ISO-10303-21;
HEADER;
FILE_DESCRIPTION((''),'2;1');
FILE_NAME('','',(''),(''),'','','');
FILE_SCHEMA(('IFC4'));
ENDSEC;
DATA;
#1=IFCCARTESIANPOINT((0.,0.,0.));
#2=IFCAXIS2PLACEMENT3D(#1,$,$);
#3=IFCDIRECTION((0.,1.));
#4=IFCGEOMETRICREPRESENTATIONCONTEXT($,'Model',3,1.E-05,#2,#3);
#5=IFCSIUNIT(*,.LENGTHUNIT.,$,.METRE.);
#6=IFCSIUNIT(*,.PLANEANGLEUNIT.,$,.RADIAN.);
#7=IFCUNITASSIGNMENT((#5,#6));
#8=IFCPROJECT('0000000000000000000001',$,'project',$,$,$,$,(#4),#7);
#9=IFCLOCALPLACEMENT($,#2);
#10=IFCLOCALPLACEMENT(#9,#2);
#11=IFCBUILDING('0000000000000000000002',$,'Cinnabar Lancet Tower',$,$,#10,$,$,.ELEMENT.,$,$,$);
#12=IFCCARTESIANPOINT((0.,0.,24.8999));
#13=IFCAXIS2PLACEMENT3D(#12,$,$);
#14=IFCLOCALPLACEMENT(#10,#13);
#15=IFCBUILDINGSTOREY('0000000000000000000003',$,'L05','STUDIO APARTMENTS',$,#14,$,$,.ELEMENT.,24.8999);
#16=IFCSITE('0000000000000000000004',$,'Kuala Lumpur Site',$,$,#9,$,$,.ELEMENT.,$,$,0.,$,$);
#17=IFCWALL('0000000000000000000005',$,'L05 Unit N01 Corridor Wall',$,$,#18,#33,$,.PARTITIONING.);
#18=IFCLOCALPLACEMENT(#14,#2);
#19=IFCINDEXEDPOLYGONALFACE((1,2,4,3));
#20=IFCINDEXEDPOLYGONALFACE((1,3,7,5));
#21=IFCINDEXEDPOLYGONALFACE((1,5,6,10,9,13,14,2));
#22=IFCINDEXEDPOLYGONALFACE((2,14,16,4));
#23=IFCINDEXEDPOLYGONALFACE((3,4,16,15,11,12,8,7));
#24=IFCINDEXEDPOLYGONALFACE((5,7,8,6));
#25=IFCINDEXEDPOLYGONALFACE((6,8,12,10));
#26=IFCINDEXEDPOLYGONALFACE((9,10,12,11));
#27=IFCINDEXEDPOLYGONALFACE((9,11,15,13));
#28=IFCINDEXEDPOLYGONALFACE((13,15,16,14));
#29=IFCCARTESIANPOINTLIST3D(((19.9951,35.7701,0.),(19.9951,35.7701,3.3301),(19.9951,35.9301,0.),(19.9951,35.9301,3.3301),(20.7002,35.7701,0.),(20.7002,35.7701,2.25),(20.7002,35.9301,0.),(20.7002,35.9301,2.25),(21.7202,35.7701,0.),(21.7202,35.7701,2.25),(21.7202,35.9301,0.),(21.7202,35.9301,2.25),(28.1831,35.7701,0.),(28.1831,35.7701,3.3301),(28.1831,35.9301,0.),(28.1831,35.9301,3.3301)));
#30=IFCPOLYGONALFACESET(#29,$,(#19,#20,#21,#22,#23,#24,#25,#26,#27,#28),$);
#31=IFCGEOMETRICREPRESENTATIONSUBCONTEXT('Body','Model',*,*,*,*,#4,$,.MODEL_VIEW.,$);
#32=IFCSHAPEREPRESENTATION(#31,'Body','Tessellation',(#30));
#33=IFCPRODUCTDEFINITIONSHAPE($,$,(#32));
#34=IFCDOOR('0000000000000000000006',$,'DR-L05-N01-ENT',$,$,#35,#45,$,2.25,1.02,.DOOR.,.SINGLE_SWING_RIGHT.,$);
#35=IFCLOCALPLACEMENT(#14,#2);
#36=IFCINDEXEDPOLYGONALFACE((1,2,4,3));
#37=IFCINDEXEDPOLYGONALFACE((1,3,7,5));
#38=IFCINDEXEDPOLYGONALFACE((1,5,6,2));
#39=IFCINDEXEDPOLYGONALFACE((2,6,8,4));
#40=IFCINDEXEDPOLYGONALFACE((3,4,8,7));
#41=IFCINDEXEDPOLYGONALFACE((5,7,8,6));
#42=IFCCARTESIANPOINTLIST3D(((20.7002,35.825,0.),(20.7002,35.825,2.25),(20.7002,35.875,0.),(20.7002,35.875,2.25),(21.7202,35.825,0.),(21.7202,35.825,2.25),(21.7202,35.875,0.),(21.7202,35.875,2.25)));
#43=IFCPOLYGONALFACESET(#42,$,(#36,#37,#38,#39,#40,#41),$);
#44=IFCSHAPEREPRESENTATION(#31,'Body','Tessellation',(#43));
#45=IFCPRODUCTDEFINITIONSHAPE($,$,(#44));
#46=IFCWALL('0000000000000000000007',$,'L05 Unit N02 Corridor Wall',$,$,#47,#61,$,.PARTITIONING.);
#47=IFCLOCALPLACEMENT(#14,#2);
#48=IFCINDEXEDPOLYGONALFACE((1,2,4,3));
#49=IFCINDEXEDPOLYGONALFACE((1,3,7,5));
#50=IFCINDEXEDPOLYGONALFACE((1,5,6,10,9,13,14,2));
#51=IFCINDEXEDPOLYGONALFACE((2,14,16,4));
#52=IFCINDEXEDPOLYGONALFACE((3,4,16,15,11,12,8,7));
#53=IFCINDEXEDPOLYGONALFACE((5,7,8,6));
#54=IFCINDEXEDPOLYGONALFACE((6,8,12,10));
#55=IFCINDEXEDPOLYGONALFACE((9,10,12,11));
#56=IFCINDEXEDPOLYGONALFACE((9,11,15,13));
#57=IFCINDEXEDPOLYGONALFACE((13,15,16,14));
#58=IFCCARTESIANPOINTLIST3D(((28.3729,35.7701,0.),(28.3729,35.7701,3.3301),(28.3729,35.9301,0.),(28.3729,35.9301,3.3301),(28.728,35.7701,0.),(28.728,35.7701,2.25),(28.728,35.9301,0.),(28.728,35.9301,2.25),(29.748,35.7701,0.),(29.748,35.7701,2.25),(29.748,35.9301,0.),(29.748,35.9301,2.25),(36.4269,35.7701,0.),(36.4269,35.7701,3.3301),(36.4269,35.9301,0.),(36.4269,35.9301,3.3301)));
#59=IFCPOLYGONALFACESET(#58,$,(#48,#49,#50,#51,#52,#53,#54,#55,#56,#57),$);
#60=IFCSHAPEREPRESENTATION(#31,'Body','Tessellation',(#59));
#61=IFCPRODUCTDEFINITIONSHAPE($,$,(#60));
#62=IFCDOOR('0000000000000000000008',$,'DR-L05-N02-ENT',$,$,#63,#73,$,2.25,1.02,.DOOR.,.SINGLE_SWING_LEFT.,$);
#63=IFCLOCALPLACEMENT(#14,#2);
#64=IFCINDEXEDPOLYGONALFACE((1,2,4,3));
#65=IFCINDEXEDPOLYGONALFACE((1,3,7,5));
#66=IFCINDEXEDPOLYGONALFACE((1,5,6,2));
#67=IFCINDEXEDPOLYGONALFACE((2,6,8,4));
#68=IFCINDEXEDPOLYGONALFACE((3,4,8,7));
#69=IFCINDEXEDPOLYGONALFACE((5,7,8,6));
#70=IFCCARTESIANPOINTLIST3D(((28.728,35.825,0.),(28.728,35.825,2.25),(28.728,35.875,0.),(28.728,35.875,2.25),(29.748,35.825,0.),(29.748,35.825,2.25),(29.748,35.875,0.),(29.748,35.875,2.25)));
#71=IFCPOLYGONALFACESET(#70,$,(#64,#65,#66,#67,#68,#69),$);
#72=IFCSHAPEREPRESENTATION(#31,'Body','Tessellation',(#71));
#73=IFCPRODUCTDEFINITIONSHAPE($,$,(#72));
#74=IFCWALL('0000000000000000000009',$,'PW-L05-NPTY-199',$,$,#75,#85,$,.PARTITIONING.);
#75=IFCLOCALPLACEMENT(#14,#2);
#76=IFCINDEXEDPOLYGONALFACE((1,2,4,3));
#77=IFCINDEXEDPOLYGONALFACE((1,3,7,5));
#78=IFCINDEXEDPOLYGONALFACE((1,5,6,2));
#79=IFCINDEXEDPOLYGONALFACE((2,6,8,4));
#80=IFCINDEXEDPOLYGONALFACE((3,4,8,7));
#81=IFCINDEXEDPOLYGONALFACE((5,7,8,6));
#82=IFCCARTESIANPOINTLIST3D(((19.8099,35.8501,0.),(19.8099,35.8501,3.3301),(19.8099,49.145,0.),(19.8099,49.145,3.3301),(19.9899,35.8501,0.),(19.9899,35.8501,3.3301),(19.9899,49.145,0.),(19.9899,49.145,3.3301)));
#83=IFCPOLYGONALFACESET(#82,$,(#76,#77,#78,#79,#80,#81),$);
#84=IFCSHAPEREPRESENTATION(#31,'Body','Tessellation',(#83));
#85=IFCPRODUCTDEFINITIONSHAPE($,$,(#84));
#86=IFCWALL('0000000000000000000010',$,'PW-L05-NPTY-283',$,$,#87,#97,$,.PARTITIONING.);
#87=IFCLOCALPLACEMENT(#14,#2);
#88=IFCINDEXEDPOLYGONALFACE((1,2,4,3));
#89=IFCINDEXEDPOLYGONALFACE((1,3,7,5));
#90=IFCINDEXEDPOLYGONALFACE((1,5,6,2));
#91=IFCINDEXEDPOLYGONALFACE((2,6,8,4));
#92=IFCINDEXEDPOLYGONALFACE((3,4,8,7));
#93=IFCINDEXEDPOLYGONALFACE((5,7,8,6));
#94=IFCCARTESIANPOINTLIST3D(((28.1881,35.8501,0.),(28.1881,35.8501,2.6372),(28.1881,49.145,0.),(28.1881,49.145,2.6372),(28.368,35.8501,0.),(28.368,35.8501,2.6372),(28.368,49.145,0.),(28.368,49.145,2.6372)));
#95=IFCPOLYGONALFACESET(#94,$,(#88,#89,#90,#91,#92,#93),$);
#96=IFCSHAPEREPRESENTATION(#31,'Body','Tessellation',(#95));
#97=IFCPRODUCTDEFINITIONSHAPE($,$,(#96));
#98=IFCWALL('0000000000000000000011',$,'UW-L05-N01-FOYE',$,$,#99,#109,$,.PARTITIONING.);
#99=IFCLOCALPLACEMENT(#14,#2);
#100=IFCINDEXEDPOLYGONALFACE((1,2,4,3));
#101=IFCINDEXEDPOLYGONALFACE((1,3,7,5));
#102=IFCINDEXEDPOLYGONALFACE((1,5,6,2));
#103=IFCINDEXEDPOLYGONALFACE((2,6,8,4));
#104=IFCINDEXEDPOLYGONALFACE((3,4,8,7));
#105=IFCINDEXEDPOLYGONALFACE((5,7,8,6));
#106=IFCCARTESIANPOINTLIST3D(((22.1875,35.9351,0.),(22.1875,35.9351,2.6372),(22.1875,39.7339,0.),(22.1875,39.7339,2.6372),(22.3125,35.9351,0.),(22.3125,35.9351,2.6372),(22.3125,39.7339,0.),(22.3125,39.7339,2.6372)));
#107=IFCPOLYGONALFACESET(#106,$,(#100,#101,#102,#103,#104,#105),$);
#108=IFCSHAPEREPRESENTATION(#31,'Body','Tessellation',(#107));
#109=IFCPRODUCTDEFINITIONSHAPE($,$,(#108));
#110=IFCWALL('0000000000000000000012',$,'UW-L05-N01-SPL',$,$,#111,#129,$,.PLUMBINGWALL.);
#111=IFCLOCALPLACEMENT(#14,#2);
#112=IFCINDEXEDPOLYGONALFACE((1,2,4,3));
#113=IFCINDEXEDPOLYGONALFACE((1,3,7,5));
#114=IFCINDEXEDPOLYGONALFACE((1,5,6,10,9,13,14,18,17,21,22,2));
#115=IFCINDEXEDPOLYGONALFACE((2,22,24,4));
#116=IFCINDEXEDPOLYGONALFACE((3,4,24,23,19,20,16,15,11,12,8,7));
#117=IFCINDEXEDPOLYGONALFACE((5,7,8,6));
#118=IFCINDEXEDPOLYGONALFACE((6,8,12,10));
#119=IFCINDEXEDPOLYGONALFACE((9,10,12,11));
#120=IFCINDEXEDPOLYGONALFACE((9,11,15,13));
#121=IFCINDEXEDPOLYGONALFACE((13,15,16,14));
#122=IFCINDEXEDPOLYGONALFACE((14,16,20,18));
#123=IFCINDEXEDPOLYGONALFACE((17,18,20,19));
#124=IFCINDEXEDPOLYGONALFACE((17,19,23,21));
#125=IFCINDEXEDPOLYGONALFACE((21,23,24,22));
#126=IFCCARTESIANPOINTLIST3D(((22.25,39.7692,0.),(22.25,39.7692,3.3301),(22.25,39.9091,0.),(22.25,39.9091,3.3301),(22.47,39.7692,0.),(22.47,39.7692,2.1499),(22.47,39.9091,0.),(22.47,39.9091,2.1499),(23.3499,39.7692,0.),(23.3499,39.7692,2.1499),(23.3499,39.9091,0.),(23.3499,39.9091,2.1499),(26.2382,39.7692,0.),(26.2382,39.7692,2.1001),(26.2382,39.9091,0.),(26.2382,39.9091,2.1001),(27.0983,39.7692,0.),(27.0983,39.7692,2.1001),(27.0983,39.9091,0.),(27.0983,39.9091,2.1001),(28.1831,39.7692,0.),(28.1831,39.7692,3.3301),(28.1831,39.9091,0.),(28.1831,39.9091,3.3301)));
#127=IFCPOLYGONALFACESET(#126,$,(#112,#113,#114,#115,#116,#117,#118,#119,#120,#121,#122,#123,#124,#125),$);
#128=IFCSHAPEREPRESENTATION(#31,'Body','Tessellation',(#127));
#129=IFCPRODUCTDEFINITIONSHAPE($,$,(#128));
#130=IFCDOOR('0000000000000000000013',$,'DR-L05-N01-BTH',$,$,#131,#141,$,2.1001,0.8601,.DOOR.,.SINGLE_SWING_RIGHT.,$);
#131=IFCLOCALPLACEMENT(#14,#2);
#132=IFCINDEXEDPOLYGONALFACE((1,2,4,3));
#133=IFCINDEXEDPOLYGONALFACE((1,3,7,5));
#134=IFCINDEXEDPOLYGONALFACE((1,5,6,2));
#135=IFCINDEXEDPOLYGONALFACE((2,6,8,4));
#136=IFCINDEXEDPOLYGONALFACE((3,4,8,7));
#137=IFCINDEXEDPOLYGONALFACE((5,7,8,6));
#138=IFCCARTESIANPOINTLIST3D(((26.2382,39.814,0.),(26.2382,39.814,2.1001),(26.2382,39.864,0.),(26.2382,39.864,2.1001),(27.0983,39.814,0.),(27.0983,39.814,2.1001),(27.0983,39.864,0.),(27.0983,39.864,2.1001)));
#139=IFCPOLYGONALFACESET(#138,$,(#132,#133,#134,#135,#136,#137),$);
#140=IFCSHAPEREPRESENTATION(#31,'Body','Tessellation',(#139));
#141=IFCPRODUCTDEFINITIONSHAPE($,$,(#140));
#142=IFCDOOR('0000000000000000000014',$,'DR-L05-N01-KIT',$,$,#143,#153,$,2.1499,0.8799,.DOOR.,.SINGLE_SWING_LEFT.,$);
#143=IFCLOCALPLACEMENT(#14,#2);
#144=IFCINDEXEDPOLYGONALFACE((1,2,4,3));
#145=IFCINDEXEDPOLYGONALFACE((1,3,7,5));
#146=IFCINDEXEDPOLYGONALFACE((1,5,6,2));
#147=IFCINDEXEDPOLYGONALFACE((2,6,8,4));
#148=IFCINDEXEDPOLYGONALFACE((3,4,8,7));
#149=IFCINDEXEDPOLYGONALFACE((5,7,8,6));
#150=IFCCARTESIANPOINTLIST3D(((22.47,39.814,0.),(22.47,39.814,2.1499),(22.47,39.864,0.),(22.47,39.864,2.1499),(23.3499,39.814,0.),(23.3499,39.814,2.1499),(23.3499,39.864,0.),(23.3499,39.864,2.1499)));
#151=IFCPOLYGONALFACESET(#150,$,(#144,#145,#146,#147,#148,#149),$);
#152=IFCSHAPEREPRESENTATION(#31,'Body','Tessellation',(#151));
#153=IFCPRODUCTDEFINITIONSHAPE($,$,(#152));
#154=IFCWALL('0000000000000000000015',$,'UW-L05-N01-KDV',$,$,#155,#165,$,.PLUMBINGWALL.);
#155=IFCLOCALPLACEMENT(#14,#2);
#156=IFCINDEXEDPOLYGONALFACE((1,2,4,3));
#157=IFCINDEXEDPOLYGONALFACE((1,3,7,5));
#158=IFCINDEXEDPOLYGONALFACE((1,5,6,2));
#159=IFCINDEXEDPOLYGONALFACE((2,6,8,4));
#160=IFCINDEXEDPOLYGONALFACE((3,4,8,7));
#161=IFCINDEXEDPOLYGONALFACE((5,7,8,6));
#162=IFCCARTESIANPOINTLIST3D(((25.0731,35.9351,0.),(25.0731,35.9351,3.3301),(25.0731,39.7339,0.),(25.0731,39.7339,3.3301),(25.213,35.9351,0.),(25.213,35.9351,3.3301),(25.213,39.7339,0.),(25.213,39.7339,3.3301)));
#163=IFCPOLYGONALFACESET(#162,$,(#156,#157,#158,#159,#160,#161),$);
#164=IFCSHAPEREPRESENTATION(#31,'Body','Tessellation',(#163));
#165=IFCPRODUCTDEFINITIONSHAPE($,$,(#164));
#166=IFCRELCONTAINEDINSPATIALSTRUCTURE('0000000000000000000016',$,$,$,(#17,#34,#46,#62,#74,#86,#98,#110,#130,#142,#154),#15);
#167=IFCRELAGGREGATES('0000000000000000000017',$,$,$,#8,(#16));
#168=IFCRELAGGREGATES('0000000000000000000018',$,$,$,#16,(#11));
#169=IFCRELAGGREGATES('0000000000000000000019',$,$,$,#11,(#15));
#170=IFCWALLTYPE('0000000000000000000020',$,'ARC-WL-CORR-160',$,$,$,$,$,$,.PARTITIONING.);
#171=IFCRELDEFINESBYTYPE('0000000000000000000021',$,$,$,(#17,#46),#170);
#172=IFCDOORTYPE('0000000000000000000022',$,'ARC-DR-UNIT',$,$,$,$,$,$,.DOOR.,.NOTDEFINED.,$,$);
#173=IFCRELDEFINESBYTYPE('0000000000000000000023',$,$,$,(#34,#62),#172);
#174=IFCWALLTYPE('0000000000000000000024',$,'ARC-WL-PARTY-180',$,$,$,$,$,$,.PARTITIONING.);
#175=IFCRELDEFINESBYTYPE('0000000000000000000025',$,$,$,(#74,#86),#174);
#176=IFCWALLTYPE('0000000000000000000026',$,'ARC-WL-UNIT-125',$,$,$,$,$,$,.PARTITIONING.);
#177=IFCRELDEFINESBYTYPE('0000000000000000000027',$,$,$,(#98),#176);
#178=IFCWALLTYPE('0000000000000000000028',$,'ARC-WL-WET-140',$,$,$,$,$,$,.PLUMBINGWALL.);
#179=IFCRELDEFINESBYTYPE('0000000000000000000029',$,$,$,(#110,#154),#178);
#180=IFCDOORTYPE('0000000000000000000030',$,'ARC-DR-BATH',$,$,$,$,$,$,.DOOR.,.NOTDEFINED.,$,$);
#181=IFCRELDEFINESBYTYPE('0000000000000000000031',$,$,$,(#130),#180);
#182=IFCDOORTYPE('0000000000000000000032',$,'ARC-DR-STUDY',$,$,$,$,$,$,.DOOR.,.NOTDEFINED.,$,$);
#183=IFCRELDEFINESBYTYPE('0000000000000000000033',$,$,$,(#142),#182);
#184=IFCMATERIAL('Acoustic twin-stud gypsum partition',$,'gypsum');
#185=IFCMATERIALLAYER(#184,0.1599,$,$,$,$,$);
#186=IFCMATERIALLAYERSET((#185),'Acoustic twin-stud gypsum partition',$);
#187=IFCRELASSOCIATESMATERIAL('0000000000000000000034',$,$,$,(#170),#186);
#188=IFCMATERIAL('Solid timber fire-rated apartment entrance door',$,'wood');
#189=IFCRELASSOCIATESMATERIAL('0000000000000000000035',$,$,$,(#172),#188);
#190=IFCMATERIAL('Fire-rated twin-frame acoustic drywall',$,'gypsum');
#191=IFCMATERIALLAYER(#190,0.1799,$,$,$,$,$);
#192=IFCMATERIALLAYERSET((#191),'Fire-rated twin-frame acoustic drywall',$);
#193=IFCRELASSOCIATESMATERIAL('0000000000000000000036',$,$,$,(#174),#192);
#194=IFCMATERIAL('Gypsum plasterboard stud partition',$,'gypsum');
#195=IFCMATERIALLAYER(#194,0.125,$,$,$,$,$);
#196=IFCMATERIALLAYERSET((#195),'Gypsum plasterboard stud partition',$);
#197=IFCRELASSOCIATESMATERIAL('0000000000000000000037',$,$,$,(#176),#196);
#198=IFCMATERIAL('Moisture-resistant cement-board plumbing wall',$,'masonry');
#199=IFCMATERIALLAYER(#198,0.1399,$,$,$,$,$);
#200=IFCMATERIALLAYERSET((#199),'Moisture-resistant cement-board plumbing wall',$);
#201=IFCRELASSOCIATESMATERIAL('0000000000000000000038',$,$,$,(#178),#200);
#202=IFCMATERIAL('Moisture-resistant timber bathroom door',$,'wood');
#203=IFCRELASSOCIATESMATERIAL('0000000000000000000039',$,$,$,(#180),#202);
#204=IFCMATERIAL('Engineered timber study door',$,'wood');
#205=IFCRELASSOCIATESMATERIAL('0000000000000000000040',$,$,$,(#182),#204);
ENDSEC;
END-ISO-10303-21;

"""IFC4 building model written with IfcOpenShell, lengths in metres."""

from ifc_helpers import new_model, si_unit, direction, frame, frame_2d, origin, place, context, subcontext, project, spatial, rectangle, extrude, material, layer, layer_set, type_object, element, fill, save


model = new_model("IFC4")

# Units and contexts
model_context = context("Model", 3, precision=1e-05, world=origin(), true_north=direction((0.0, 1.0)))
body_context = subcontext(model_context, "Body", "Model", "MODEL_VIEW")
ifc_project = project(units=[si_unit("LENGTHUNIT", "METRE"), si_unit("PLANEANGLEUNIT", "RADIAN")], contexts=[model_context])

# Site, building, storey
site_placement = place(None, origin())
site = spatial("IfcSite", under=ifc_project, at=site_placement, Name="Kuala Lumpur Site", CompositionType="ELEMENT", RefElevation=0.0)
building_placement = place(site_placement, origin())
building = spatial("IfcBuilding", under=site, at=building_placement, Name="Cinnabar Lancet Tower", CompositionType="ELEMENT")
storey_placement = place(building_placement, frame((0.0, 0.0, 24.8999)))
storey = spatial("IfcBuildingStorey", under=building, at=storey_placement, Name="L05", Description="STUDIO APARTMENTS", CompositionType="ELEMENT", Elevation=24.8999)

# Walls, openings, doors
ifc_material_1 = material(Name="Acoustic twin-stud gypsum partition", Category="gypsum")
ifc_layer_1 = layer(ifc_material_1, 0.1599)
ifc_layer_set_1 = layer_set([ifc_layer_1], Name="Acoustic twin-stud gypsum partition")
wall_type_1 = type_object("IfcWallType", Name="ARC-WL-CORR-160", PredefinedType="PARTITIONING", material=ifc_layer_set_1)
wall_1_placement = place(storey_placement, frame((19.9951, 35.8501, 0.0), z_axis=(0.0, 0.0, 1.0), x_axis=(1.0, 0.0, 0.0)))
wall_1 = element("IfcWall", 1, at=wall_1_placement, inside=storey, type_object=wall_type_1, Name="L05 Unit N01 Corridor Wall", PredefinedType="PARTITIONING", context=body_context, shape_type="SweptSolid", body=[
    extrude(rectangle(XDim=8.188, YDim=0.1599, at=frame_2d((4.094, 0.0))), origin(), (0.0, 0.0, 1.0), 3.3301),
])
opening_1_placement = place(wall_1_placement, frame((0.7051, 0.0, 0.0)))
opening_1 = element("IfcOpeningElement", 2, at=opening_1_placement, cuts=wall_1, PredefinedType="OPENING", context=body_context, shape_type="SweptSolid", body=[
    extrude(rectangle(XDim=1.02, YDim=2.25, at=frame_2d((0.51, 1.125))), frame((0.0, 0.0898, 0.0), z_axis=(0.0, -1.0, 0.0), x_axis=(1.0, 0.0, 0.0)), (0.0, 0.0, 1.0), 0.1799),
])
ifc_material_2 = material(Name="Solid timber fire-rated apartment entrance door", Category="wood")
door_type_1 = type_object("IfcDoorType", Name="ARC-DR-UNIT", OperationType="NOTDEFINED", PredefinedType="DOOR", material=ifc_material_2)
door_1_placement = place(opening_1_placement, origin())
door_1 = element("IfcDoor", 3, at=door_1_placement, inside=storey, type_object=door_type_1, Name="DR-L05-N01-ENT", OperationType="SINGLE_SWING_RIGHT", OverallHeight=2.25, OverallWidth=1.02, PredefinedType="DOOR", context=body_context, shape_type="SweptSolid", body=[
    extrude(rectangle(XDim=1.02, YDim=2.25, at=frame_2d((0.51, 1.125))), frame((0.0, 0.0249, 0.0), z_axis=(0.0, -1.0, 0.0), x_axis=(1.0, 0.0, 0.0)), (0.0, 0.0, 1.0), 0.05),
])
fill(opening_1, door_1)
wall_2_placement = place(storey_placement, frame((28.373, 35.8501, 0.0), z_axis=(0.0, 0.0, 1.0), x_axis=(1.0, 0.0, 0.0)))
wall_2 = element("IfcWall", 4, at=wall_2_placement, inside=storey, type_object=wall_type_1, Name="L05 Unit N02 Corridor Wall", PredefinedType="PARTITIONING", context=body_context, shape_type="SweptSolid", body=[
    extrude(rectangle(XDim=8.054, YDim=0.1599, at=frame_2d((4.0269, 0.0))), origin(), (0.0, 0.0, 1.0), 3.3301),
])
opening_2_placement = place(wall_2_placement, frame((0.355, 0.0, 0.0)))
opening_2 = element("IfcOpeningElement", 5, at=opening_2_placement, cuts=wall_2, PredefinedType="OPENING", context=body_context, shape_type="SweptSolid", body=[
    extrude(rectangle(XDim=1.02, YDim=2.25, at=frame_2d((0.51, 1.125))), frame((0.0, 0.0898, 0.0), z_axis=(0.0, -1.0, 0.0), x_axis=(1.0, 0.0, 0.0)), (0.0, 0.0, 1.0), 0.1799),
])
door_2_placement = place(opening_2_placement, origin())
door_2 = element("IfcDoor", 6, at=door_2_placement, inside=storey, type_object=door_type_1, Name="DR-L05-N02-ENT", OperationType="SINGLE_SWING_LEFT", OverallHeight=2.25, OverallWidth=1.02, PredefinedType="DOOR", context=body_context, shape_type="SweptSolid", body=[
    extrude(rectangle(XDim=1.02, YDim=2.25, at=frame_2d((0.51, 1.125))), frame((0.0, 0.0249, 0.0), z_axis=(0.0, -1.0, 0.0), x_axis=(1.0, 0.0, 0.0)), (0.0, 0.0, 1.0), 0.05),
])
fill(opening_2, door_2)

# Walls
ifc_material_3 = material(Name="Fire-rated twin-frame acoustic drywall", Category="gypsum")
ifc_layer_2 = layer(ifc_material_3, 0.1799)
ifc_layer_set_2 = layer_set([ifc_layer_2], Name="Fire-rated twin-frame acoustic drywall")
wall_type_2 = type_object("IfcWallType", Name="ARC-WL-PARTY-180", PredefinedType="PARTITIONING", material=ifc_layer_set_2)
wall_3_placement = place(storey_placement, frame((19.8999, 35.8501, 0.0), z_axis=(0.0, 0.0, 1.0), x_axis=(0.0, 1.0, 0.0)))
element("IfcWall", 7, at=wall_3_placement, inside=storey, type_object=wall_type_2, Name="PW-L05-NPTY-199", PredefinedType="PARTITIONING", context=body_context, shape_type="SweptSolid", body=[
    extrude(rectangle(XDim=13.2949, YDim=0.1799, at=frame_2d((6.6475, 0.0))), origin(), (0.0, 0.0, 1.0), 3.3301),
])
wall_4_placement = place(storey_placement, frame((28.2781, 35.8501, 0.0), z_axis=(0.0, 0.0, 1.0), x_axis=(0.0, 1.0, 0.0)))
element("IfcWall", 8, at=wall_4_placement, inside=storey, type_object=wall_type_2, Name="PW-L05-NPTY-283", PredefinedType="PARTITIONING", context=body_context, shape_type="SweptSolid", body=[
    extrude(rectangle(XDim=13.2949, YDim=0.1799, at=frame_2d((6.6475, 0.0))), origin(), (0.0, 0.0, 1.0), 2.6372),
])
ifc_material_4 = material(Name="Gypsum plasterboard stud partition", Category="gypsum")
ifc_layer_3 = layer(ifc_material_4, 0.125)
ifc_layer_set_3 = layer_set([ifc_layer_3], Name="Gypsum plasterboard stud partition")
wall_type_3 = type_object("IfcWallType", Name="ARC-WL-UNIT-125", PredefinedType="PARTITIONING", material=ifc_layer_set_3)
wall_5_placement = place(storey_placement, frame((22.25, 35.9351, 0.0), z_axis=(0.0, 0.0, 1.0), x_axis=(0.0, 1.0, 0.0)))
element("IfcWall", 9, at=wall_5_placement, inside=storey, type_object=wall_type_3, Name="UW-L05-N01-FOYE", PredefinedType="PARTITIONING", context=body_context, shape_type="SweptSolid", body=[
    extrude(rectangle(XDim=3.7988, YDim=0.125, at=frame_2d((1.8994, 0.0))), origin(), (0.0, 0.0, 1.0), 2.6372),
])

# Wall, openings, doors
ifc_material_5 = material(Name="Moisture-resistant cement-board plumbing wall", Category="masonry")
ifc_layer_4 = layer(ifc_material_5, 0.1399)
ifc_layer_set_4 = layer_set([ifc_layer_4], Name="Moisture-resistant cement-board plumbing wall")
wall_type_4 = type_object("IfcWallType", Name="ARC-WL-WET-140", PredefinedType="PLUMBINGWALL", material=ifc_layer_set_4)
wall_6_placement = place(storey_placement, frame((22.25, 39.8391, 0.0), z_axis=(0.0, 0.0, 1.0), x_axis=(1.0, 0.0, 0.0)))
wall_6 = element("IfcWall", 10, at=wall_6_placement, inside=storey, type_object=wall_type_4, Name="UW-L05-N01-SPL", PredefinedType="PLUMBINGWALL", context=body_context, shape_type="SweptSolid", body=[
    extrude(rectangle(XDim=5.9331, YDim=0.1399, at=frame_2d((2.9666, 0.0))), origin(), (0.0, 0.0, 1.0), 3.3301),
])
opening_3_placement = place(wall_6_placement, frame((3.988, 0.0, 0.0)))
opening_3 = element("IfcOpeningElement", 11, at=opening_3_placement, cuts=wall_6, PredefinedType="OPENING", context=body_context, shape_type="SweptSolid", body=[
    extrude(rectangle(XDim=0.8601, YDim=2.1001, at=frame_2d((0.4302, 1.05))), frame((0.0, 0.0798, 0.0), z_axis=(0.0, -1.0, 0.0), x_axis=(1.0, 0.0, 0.0)), (0.0, 0.0, 1.0), 0.1599),
])
opening_4_placement = place(wall_6_placement, frame((0.22, 0.0, 0.0)))
opening_4 = element("IfcOpeningElement", 12, at=opening_4_placement, cuts=wall_6, PredefinedType="OPENING", context=body_context, shape_type="SweptSolid", body=[
    extrude(rectangle(XDim=0.8799, YDim=2.1499, at=frame_2d((0.4399, 1.075))), frame((0.0, 0.0798, 0.0), z_axis=(0.0, -1.0, 0.0), x_axis=(1.0, 0.0, 0.0)), (0.0, 0.0, 1.0), 0.1599),
])
ifc_material_6 = material(Name="Moisture-resistant timber bathroom door", Category="wood")
door_type_2 = type_object("IfcDoorType", Name="ARC-DR-BATH", OperationType="NOTDEFINED", PredefinedType="DOOR", material=ifc_material_6)
door_3_placement = place(opening_3_placement, origin())
door_3 = element("IfcDoor", 13, at=door_3_placement, inside=storey, type_object=door_type_2, Name="DR-L05-N01-BTH", OperationType="SINGLE_SWING_RIGHT", OverallHeight=2.1001, OverallWidth=0.8601, PredefinedType="DOOR", context=body_context, shape_type="SweptSolid", body=[
    extrude(rectangle(XDim=0.8601, YDim=2.1001, at=frame_2d((0.4302, 1.05))), frame((0.0, 0.0249, 0.0), z_axis=(0.0, -1.0, 0.0), x_axis=(1.0, 0.0, 0.0)), (0.0, 0.0, 1.0), 0.05),
])
fill(opening_3, door_3)
ifc_material_7 = material(Name="Engineered timber study door", Category="wood")
door_type_3 = type_object("IfcDoorType", Name="ARC-DR-STUDY", OperationType="NOTDEFINED", PredefinedType="DOOR", material=ifc_material_7)
door_4_placement = place(opening_4_placement, origin())
door_4 = element("IfcDoor", 14, at=door_4_placement, inside=storey, type_object=door_type_3, Name="DR-L05-N01-KIT", OperationType="SINGLE_SWING_LEFT", OverallHeight=2.1499, OverallWidth=0.8799, PredefinedType="DOOR", context=body_context, shape_type="SweptSolid", body=[
    extrude(rectangle(XDim=0.8799, YDim=2.1499, at=frame_2d((0.4399, 1.075))), frame((0.0, 0.0249, 0.0), z_axis=(0.0, -1.0, 0.0), x_axis=(1.0, 0.0, 0.0)), (0.0, 0.0, 1.0), 0.05),
])
fill(opening_4, door_4)

# Wall
wall_7_placement = place(storey_placement, frame((25.1431, 35.9351, 0.0), z_axis=(0.0, 0.0, 1.0), x_axis=(0.0, 1.0, 0.0)))
element("IfcWall", 15, at=wall_7_placement, inside=storey, type_object=wall_type_4, Name="UW-L05-N01-KDV", PredefinedType="PLUMBINGWALL", context=body_context, shape_type="SweptSolid", body=[
    extrude(rectangle(XDim=3.7988, YDim=0.1399, at=frame_2d((1.8994, 0.0))), origin(), (0.0, 0.0, 1.0), 3.3301),
])

save(model, "model.ifc")
